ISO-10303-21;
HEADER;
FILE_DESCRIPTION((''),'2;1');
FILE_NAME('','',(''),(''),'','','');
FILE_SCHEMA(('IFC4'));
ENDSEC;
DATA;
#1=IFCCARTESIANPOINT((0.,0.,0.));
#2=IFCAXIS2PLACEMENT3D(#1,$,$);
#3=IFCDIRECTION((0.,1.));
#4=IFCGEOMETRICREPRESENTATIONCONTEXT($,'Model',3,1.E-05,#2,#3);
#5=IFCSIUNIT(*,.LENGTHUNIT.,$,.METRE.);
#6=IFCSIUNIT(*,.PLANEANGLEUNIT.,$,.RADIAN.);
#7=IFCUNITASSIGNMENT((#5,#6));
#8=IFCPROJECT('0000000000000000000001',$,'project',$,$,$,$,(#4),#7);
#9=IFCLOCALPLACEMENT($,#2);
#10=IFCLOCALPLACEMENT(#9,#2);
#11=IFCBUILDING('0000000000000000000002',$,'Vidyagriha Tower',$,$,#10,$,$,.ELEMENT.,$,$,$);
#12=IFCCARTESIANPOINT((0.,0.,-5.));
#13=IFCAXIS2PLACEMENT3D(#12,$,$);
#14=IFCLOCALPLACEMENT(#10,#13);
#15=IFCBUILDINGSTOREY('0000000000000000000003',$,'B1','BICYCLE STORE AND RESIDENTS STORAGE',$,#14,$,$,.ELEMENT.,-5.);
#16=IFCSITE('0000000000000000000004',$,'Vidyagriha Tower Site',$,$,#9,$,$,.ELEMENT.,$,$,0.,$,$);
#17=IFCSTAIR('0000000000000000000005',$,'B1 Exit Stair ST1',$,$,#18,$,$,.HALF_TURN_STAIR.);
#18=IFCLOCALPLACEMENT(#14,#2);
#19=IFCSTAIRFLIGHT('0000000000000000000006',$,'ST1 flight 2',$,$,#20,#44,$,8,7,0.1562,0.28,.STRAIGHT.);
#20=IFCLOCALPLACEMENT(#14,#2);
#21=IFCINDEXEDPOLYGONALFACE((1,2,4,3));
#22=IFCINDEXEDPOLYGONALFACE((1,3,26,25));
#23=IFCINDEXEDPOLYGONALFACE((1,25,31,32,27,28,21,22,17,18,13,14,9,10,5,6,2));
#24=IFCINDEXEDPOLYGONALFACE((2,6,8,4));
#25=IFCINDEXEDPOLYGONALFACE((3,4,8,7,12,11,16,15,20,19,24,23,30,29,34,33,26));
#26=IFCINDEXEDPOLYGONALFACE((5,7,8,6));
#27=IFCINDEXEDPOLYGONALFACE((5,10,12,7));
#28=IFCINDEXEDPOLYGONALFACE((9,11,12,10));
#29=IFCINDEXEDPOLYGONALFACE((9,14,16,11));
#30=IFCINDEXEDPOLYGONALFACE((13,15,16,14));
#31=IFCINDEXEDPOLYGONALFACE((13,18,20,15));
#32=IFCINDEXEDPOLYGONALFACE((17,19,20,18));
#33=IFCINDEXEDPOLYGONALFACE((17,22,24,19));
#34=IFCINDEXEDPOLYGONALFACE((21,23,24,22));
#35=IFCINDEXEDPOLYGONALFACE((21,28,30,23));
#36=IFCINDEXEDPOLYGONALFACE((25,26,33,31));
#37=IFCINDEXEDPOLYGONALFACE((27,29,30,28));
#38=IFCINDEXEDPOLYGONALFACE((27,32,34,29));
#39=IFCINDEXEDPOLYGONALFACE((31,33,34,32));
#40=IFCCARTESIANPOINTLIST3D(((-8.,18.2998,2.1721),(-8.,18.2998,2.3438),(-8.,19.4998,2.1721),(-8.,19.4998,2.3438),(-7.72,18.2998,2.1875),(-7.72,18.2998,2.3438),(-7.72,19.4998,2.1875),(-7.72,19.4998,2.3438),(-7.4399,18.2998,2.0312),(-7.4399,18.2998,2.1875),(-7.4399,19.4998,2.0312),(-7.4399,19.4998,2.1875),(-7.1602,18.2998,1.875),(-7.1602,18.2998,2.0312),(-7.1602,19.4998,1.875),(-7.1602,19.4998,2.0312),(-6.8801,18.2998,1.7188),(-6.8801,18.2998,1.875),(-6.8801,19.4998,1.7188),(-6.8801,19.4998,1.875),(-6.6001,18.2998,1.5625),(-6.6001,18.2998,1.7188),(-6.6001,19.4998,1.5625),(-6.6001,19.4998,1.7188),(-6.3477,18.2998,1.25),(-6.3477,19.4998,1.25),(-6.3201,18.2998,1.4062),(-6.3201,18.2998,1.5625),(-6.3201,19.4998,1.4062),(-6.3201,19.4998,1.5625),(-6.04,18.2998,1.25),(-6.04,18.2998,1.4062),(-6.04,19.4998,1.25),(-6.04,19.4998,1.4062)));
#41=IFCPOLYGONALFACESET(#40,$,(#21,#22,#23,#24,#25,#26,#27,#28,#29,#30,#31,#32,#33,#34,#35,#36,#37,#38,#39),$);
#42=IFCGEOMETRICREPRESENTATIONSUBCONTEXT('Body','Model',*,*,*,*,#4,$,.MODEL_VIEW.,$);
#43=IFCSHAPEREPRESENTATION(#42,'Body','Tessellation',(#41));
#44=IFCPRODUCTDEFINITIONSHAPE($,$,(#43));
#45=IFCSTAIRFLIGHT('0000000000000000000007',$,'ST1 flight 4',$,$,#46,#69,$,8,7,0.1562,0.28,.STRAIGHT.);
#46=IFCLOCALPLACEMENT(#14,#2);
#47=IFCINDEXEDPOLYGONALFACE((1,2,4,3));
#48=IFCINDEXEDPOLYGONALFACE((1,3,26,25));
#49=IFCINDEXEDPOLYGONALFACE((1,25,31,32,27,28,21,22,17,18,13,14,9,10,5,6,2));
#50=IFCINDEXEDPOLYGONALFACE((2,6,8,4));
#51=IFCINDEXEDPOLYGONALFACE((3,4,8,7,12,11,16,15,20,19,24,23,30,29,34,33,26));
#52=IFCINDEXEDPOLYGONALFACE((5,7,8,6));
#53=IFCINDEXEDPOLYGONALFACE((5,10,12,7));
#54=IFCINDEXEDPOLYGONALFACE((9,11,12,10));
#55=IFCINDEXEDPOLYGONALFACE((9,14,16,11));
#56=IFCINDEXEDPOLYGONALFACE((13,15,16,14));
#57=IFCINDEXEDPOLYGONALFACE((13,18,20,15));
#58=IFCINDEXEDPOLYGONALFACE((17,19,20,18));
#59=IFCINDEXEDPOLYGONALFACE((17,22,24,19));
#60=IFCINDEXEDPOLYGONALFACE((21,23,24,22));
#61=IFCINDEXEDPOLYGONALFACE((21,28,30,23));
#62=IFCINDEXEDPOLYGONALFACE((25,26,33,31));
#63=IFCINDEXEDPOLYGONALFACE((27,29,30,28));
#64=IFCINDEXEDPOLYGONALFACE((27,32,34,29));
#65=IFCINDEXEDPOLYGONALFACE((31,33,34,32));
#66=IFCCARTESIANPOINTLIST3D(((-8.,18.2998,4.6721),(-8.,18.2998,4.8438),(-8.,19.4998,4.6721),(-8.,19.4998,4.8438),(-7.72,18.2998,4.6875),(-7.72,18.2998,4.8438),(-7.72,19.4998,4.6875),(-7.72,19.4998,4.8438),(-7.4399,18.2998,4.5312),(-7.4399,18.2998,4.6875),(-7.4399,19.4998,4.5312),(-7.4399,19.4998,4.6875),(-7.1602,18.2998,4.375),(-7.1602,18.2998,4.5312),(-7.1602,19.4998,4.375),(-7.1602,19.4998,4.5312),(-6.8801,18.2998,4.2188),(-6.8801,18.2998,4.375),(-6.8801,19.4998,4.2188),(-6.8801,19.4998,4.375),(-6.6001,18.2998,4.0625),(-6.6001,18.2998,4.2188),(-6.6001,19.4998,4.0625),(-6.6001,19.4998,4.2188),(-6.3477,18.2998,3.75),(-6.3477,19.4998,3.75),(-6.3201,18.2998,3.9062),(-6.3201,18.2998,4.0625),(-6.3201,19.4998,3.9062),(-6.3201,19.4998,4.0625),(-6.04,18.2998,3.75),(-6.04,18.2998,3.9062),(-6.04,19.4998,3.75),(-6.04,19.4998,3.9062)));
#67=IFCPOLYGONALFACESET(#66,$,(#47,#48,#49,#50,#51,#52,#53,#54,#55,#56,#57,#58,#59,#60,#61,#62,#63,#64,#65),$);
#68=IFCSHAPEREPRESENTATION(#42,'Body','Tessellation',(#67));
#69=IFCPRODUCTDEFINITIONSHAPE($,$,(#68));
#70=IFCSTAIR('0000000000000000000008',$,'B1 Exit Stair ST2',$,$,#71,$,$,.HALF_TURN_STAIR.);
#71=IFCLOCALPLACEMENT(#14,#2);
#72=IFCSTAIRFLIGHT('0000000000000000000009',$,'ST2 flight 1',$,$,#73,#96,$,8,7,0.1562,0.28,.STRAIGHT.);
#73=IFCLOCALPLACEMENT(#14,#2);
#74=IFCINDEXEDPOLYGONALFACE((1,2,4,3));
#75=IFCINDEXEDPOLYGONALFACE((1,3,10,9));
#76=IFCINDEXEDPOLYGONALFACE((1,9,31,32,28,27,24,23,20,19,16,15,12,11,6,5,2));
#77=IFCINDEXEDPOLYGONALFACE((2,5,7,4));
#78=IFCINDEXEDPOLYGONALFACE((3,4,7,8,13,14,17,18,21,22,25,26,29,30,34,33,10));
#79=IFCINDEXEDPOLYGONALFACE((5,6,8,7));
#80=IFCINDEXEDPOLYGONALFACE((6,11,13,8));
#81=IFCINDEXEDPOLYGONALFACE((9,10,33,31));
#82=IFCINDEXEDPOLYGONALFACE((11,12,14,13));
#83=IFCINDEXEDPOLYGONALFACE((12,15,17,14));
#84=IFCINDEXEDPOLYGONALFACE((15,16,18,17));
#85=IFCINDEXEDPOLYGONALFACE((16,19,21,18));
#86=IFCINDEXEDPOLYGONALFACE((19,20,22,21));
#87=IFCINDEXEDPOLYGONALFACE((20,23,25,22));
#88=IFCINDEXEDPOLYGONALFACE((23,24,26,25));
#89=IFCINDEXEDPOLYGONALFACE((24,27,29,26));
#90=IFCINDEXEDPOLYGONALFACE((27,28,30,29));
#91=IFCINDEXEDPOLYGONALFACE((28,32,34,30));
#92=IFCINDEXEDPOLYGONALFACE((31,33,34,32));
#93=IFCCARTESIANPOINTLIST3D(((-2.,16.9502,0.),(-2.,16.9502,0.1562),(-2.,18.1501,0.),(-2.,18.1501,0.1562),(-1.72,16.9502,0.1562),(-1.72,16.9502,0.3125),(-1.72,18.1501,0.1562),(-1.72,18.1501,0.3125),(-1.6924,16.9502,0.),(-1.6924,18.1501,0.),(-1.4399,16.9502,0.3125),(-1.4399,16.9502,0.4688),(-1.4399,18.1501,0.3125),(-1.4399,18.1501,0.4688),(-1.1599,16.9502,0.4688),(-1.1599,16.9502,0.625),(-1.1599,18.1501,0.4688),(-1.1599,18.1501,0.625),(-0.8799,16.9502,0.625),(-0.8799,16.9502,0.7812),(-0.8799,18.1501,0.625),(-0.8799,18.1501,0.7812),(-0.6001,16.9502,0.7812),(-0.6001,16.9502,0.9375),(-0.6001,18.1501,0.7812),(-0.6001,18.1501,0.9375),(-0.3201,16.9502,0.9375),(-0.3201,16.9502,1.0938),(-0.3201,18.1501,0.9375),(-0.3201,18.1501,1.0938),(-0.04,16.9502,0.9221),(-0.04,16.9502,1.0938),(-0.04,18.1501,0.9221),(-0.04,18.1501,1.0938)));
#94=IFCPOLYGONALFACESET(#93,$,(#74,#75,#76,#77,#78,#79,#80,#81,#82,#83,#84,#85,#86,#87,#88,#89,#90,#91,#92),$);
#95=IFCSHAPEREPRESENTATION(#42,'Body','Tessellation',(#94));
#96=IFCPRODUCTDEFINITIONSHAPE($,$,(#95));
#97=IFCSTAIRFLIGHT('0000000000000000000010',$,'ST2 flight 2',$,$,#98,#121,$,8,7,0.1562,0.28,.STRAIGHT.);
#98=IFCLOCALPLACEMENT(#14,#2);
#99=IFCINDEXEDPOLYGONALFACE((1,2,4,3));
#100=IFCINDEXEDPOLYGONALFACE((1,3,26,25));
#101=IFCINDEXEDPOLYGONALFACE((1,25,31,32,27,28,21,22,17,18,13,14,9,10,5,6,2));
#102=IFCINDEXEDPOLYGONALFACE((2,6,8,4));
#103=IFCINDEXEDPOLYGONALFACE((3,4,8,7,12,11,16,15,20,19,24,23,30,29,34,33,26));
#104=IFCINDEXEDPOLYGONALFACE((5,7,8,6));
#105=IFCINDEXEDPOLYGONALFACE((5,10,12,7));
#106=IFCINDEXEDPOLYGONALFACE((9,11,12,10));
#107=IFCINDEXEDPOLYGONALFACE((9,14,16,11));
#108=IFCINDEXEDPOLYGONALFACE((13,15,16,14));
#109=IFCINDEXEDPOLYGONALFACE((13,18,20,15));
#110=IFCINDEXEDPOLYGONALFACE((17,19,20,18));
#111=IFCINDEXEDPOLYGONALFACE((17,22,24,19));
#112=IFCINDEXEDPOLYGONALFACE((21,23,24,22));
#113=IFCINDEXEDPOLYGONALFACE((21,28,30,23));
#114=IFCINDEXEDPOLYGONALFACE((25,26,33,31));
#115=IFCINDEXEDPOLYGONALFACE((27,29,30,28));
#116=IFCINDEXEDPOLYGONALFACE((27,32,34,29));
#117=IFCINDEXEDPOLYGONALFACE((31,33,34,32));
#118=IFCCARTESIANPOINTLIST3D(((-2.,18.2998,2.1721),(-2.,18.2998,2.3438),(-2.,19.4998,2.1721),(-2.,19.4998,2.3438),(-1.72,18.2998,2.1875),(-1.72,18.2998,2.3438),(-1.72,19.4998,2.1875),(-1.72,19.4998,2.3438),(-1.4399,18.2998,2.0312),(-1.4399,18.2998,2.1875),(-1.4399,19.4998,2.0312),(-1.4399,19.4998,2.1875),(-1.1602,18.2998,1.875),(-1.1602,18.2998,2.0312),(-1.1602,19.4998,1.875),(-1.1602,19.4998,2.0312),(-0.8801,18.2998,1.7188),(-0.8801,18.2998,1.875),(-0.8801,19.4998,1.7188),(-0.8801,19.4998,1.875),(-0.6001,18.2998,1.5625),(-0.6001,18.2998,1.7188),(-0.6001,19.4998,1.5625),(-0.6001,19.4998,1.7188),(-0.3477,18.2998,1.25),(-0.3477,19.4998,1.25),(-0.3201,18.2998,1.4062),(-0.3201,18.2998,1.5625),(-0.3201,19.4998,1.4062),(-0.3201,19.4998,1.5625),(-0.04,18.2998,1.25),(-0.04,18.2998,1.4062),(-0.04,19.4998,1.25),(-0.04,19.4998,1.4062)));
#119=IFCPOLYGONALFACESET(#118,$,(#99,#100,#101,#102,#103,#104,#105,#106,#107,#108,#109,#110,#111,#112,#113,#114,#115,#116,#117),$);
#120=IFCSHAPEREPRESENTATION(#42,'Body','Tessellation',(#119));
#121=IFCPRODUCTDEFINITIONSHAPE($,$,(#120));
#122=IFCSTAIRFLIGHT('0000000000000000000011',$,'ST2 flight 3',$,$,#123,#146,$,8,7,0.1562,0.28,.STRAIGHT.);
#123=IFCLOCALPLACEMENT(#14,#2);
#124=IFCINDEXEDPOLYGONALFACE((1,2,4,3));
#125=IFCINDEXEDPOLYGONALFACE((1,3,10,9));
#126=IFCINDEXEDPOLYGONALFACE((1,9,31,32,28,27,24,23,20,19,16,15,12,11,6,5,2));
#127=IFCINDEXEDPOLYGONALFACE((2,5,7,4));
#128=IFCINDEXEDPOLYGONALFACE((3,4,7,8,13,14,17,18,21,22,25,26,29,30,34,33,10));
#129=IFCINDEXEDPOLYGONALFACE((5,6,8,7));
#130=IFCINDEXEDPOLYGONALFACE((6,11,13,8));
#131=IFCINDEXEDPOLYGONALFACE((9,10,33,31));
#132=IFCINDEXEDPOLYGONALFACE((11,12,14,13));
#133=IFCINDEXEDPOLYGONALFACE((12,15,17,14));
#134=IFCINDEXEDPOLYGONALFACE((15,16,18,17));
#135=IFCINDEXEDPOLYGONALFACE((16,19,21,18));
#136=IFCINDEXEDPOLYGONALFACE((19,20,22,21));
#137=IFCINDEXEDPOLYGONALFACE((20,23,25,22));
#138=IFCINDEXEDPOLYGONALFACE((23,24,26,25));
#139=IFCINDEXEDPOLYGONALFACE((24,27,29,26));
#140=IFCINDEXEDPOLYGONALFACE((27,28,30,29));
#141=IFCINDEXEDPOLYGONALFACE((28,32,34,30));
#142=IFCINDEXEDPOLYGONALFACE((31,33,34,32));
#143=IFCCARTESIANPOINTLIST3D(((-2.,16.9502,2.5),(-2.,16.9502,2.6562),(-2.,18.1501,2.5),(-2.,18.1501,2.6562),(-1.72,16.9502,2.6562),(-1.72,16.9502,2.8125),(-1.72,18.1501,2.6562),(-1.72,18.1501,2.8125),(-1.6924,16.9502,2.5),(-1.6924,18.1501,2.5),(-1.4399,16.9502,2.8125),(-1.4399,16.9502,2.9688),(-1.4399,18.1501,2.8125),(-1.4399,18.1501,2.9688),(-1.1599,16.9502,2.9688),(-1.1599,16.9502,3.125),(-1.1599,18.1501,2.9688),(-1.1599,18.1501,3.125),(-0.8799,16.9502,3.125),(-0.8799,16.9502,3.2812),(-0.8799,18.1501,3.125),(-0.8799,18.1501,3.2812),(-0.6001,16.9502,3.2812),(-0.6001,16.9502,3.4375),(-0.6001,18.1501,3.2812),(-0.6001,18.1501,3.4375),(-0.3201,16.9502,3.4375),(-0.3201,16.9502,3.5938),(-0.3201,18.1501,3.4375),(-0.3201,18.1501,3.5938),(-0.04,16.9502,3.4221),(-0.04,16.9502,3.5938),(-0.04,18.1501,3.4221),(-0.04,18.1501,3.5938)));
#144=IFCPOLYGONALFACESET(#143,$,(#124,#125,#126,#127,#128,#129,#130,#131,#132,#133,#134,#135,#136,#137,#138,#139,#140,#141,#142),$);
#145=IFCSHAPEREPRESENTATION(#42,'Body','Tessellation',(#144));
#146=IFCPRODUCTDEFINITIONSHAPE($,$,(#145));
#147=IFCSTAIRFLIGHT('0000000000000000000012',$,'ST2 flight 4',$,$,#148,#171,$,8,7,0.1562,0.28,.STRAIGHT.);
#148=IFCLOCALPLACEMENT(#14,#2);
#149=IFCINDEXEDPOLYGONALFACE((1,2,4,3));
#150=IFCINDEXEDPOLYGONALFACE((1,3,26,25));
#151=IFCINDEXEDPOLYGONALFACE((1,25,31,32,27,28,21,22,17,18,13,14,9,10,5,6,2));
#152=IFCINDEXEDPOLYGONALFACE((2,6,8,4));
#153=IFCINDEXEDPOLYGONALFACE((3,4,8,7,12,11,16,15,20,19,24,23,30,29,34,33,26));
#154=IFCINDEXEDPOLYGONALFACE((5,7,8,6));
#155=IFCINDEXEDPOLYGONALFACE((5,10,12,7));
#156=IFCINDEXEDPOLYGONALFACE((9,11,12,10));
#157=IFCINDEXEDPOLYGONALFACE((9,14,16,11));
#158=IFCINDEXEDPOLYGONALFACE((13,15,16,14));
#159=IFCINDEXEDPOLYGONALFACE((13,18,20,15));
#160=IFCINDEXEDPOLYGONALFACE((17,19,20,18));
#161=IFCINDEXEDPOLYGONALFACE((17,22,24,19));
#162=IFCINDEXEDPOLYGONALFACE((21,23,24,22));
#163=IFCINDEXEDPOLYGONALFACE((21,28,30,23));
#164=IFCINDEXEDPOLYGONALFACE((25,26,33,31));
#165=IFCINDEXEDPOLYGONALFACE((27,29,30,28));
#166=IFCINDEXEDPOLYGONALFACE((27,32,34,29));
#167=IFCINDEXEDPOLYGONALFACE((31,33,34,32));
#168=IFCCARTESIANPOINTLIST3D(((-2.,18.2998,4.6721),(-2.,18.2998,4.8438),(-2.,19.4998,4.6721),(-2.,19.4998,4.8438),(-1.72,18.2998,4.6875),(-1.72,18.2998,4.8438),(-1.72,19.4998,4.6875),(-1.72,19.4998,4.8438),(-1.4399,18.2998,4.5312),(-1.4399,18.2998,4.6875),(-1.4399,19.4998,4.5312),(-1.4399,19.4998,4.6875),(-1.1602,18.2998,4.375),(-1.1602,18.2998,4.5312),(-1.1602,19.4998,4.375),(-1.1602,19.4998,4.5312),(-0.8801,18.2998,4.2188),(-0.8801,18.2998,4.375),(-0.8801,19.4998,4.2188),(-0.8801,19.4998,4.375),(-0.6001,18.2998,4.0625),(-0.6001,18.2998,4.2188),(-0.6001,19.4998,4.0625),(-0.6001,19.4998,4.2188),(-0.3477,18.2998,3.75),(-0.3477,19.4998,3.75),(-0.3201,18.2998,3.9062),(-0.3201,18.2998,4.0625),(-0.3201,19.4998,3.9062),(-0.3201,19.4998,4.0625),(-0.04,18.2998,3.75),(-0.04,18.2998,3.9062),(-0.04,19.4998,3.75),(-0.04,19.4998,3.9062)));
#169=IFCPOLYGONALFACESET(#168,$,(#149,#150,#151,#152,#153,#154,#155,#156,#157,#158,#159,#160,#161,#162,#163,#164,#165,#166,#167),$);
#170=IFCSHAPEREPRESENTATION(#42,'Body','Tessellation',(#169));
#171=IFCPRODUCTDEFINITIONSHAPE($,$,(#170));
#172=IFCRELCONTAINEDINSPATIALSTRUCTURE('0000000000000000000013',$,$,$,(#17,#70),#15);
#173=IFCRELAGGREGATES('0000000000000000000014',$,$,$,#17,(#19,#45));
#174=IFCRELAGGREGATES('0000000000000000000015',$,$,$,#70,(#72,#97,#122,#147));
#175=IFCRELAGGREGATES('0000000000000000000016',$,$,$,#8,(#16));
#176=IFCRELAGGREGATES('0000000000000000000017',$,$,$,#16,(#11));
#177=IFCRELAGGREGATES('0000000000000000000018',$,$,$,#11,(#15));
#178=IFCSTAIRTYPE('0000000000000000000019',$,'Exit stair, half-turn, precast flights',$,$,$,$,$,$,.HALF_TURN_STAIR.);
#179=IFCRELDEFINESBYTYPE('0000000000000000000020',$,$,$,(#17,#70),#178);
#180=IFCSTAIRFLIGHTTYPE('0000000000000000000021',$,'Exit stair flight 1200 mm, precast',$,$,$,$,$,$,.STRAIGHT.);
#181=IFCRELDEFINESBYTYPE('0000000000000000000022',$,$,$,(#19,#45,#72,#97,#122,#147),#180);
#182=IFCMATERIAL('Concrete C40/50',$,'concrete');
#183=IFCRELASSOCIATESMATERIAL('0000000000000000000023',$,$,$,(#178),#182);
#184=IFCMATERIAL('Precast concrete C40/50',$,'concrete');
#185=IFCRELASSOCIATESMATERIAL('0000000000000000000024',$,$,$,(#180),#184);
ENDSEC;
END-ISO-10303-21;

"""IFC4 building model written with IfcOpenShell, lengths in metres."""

from ifc_helpers import new_model, si_unit, direction, frame, origin, place, context, subcontext, project, spatial, polyline, outline, extrude, material, type_object, element, aggregate, save


model = new_model("IFC4")

# Units and contexts
model_context = context("Model", 3, precision=1e-05, world=origin(), true_north=direction((0.0, 1.0)))
body_context = subcontext(model_context, "Body", "Model", "MODEL_VIEW")
ifc_project = project(units=[si_unit("LENGTHUNIT", "METRE"), si_unit("PLANEANGLEUNIT", "RADIAN")], contexts=[model_context])

# Site, building, storey
site_placement = place(None, origin())
site = spatial("IfcSite", under=ifc_project, at=site_placement, Name="Vidyagriha Tower Site", CompositionType="ELEMENT", RefElevation=0.0)
building_placement = place(site_placement, origin())
building = spatial("IfcBuilding", under=site, at=building_placement, Name="Vidyagriha Tower", CompositionType="ELEMENT")
storey_placement = place(building_placement, frame((0.0, 0.0, -5.0)))
storey = spatial("IfcBuildingStorey", under=building, at=storey_placement, Name="B1", Description="BICYCLE STORE AND RESIDENTS STORAGE", CompositionType="ELEMENT", Elevation=-5.0)

# Stairs, stair flights
ifc_material_1 = material(Name="Concrete C40/50", Category="concrete")
stair_type = type_object("IfcStairType", Name="Exit stair, half-turn, precast flights", PredefinedType="HALF_TURN_STAIR", material=ifc_material_1)
stair_1_placement = place(storey_placement, origin())
stair_1 = element("IfcStair", 1, at=stair_1_placement, inside=storey, type_object=stair_type, Name="B1 Exit Stair ST1", PredefinedType="HALF_TURN_STAIR")
ifc_material_2 = material(Name="Precast concrete C40/50", Category="concrete")
stair_flight_type = type_object("IfcStairFlightType", Name="Exit stair flight 1200 mm, precast", PredefinedType="STRAIGHT", material=ifc_material_2)
stair_flight_1_placement = place(storey_placement, frame((-6.04, 18.8999, 1.25), z_axis=(0.0, 0.0, 1.0), x_axis=(-1.0, 0.0, 0.0)))
stair_flight_1 = element("IfcStairFlight", 2, at=stair_flight_1_placement, type_object=stair_flight_type, Name="ST1 flight 2", NumberOfRisers=8, NumberOfTreads=7, PredefinedType="STRAIGHT", RiserHeight=0.1562, TreadLength=0.28, context=body_context, shape_type="SweptSolid", body=[
    extrude(outline(polyline([(0.0, 0.0), (0.0, 0.1562), (0.28, 0.1562), (0.28, 0.3125), (0.5601, 0.3125), (0.5601, 0.4688), (0.8401, 0.4688), (0.8401, 0.625), (1.1201, 0.625), (1.1201, 0.7812), (1.3999, 0.7812), (1.3999, 0.9375), (1.6799, 0.9375), (1.6799, 1.0938), (1.96, 1.0938), (1.96, 1.25), (1.96, 0.9221), (0.3076, 0.0), (0.0, 0.0)])), frame((0.0, 0.6001, 0.0), z_axis=(0.0, -1.0, 0.0), x_axis=(1.0, 0.0, 0.0)), (0.0, 0.0, 1.0), 1.2),
])
stair_flight_2_placement = place(storey_placement, frame((-6.04, 18.8999, 3.75), z_axis=(0.0, 0.0, 1.0), x_axis=(-1.0, 0.0, 0.0)))
stair_flight_2 = element("IfcStairFlight", 3, at=stair_flight_2_placement, type_object=stair_flight_type, Name="ST1 flight 4", NumberOfRisers=8, NumberOfTreads=7, PredefinedType="STRAIGHT", RiserHeight=0.1562, TreadLength=0.28, context=body_context, shape_type="SweptSolid", body=[
    extrude(outline(polyline([(0.0, 0.0), (0.0, 0.1562), (0.28, 0.1562), (0.28, 0.3125), (0.5601, 0.3125), (0.5601, 0.4688), (0.8401, 0.4688), (0.8401, 0.625), (1.1201, 0.625), (1.1201, 0.7812), (1.3999, 0.7812), (1.3999, 0.9375), (1.6799, 0.9375), (1.6799, 1.0938), (1.96, 1.0938), (1.96, 1.25), (1.96, 0.9221), (0.3076, 0.0), (0.0, 0.0)])), frame((0.0, 0.6001, 0.0), z_axis=(0.0, -1.0, 0.0), x_axis=(1.0, 0.0, 0.0)), (0.0, 0.0, 1.0), 1.2),
])
aggregate(stair_1, [stair_flight_1, stair_flight_2])
stair_2_placement = place(storey_placement, origin())
stair_2 = element("IfcStair", 4, at=stair_2_placement, inside=storey, type_object=stair_type, Name="B1 Exit Stair ST2", PredefinedType="HALF_TURN_STAIR")
stair_flight_3_placement = place(storey_placement, frame((-2.0, 17.55, 0.0)))
stair_flight_3 = element("IfcStairFlight", 5, at=stair_flight_3_placement, type_object=stair_flight_type, Name="ST2 flight 1", NumberOfRisers=8, NumberOfTreads=7, PredefinedType="STRAIGHT", RiserHeight=0.1562, TreadLength=0.28, context=body_context, shape_type="SweptSolid", body=[
    extrude(outline(polyline([(0.0, 0.0), (0.0, 0.1562), (0.28, 0.1562), (0.28, 0.3125), (0.5601, 0.3125), (0.5601, 0.4688), (0.8401, 0.4688), (0.8401, 0.625), (1.1201, 0.625), (1.1201, 0.7812), (1.3999, 0.7812), (1.3999, 0.9375), (1.6799, 0.9375), (1.6799, 1.0938), (1.96, 1.0938), (1.96, 1.25), (1.96, 0.9221), (0.3076, 0.0), (0.0, 0.0)])), frame((0.0, 0.6001, 0.0), z_axis=(0.0, -1.0, 0.0), x_axis=(1.0, 0.0, 0.0)), (0.0, 0.0, 1.0), 1.2),
])
stair_flight_4_placement = place(storey_placement, frame((-0.04, 18.8999, 1.25), z_axis=(0.0, 0.0, 1.0), x_axis=(-1.0, 0.0, 0.0)))
stair_flight_4 = element("IfcStairFlight", 6, at=stair_flight_4_placement, type_object=stair_flight_type, Name="ST2 flight 2", NumberOfRisers=8, NumberOfTreads=7, PredefinedType="STRAIGHT", RiserHeight=0.1562, TreadLength=0.28, context=body_context, shape_type="SweptSolid", body=[
    extrude(outline(polyline([(0.0, 0.0), (0.0, 0.1562), (0.28, 0.1562), (0.28, 0.3125), (0.5601, 0.3125), (0.5601, 0.4688), (0.8401, 0.4688), (0.8401, 0.625), (1.1201, 0.625), (1.1201, 0.7812), (1.3999, 0.7812), (1.3999, 0.9375), (1.6799, 0.9375), (1.6799, 1.0938), (1.96, 1.0938), (1.96, 1.25), (1.96, 0.9221), (0.3076, 0.0), (0.0, 0.0)])), frame((0.0, 0.6001, 0.0), z_axis=(0.0, -1.0, 0.0), x_axis=(1.0, 0.0, 0.0)), (0.0, 0.0, 1.0), 1.2),
])
stair_flight_5_placement = place(storey_placement, frame((-2.0, 17.55, 2.5)))
stair_flight_5 = element("IfcStairFlight", 7, at=stair_flight_5_placement, type_object=stair_flight_type, Name="ST2 flight 3", NumberOfRisers=8, NumberOfTreads=7, PredefinedType="STRAIGHT", RiserHeight=0.1562, TreadLength=0.28, context=body_context, shape_type="SweptSolid", body=[
    extrude(outline(polyline([(0.0, 0.0), (0.0, 0.1562), (0.28, 0.1562), (0.28, 0.3125), (0.5601, 0.3125), (0.5601, 0.4688), (0.8401, 0.4688), (0.8401, 0.625), (1.1201, 0.625), (1.1201, 0.7812), (1.3999, 0.7812), (1.3999, 0.9375), (1.6799, 0.9375), (1.6799, 1.0938), (1.96, 1.0938), (1.96, 1.25), (1.96, 0.9221), (0.3076, 0.0), (0.0, 0.0)])), frame((0.0, 0.6001, 0.0), z_axis=(0.0, -1.0, 0.0), x_axis=(1.0, 0.0, 0.0)), (0.0, 0.0, 1.0), 1.2),
])
stair_flight_6_placement = place(storey_placement, frame((-0.04, 18.8999, 3.75), z_axis=(0.0, 0.0, 1.0), x_axis=(-1.0, 0.0, 0.0)))
stair_flight_6 = element("IfcStairFlight", 8, at=stair_flight_6_placement, type_object=stair_flight_type, Name="ST2 flight 4", NumberOfRisers=8, NumberOfTreads=7, PredefinedType="STRAIGHT", RiserHeight=0.1562, TreadLength=0.28, context=body_context, shape_type="SweptSolid", body=[
    extrude(outline(polyline([(0.0, 0.0), (0.0, 0.1562), (0.28, 0.1562), (0.28, 0.3125), (0.5601, 0.3125), (0.5601, 0.4688), (0.8401, 0.4688), (0.8401, 0.625), (1.1201, 0.625), (1.1201, 0.7812), (1.3999, 0.7812), (1.3999, 0.9375), (1.6799, 0.9375), (1.6799, 1.0938), (1.96, 1.0938), (1.96, 1.25), (1.96, 0.9221), (0.3076, 0.0), (0.0, 0.0)])), frame((0.0, 0.6001, 0.0), z_axis=(0.0, -1.0, 0.0), x_axis=(1.0, 0.0, 0.0)), (0.0, 0.0, 1.0), 1.2),
])
aggregate(stair_2, [stair_flight_3, stair_flight_4, stair_flight_5, stair_flight_6])

save(model, "model.ifc")
